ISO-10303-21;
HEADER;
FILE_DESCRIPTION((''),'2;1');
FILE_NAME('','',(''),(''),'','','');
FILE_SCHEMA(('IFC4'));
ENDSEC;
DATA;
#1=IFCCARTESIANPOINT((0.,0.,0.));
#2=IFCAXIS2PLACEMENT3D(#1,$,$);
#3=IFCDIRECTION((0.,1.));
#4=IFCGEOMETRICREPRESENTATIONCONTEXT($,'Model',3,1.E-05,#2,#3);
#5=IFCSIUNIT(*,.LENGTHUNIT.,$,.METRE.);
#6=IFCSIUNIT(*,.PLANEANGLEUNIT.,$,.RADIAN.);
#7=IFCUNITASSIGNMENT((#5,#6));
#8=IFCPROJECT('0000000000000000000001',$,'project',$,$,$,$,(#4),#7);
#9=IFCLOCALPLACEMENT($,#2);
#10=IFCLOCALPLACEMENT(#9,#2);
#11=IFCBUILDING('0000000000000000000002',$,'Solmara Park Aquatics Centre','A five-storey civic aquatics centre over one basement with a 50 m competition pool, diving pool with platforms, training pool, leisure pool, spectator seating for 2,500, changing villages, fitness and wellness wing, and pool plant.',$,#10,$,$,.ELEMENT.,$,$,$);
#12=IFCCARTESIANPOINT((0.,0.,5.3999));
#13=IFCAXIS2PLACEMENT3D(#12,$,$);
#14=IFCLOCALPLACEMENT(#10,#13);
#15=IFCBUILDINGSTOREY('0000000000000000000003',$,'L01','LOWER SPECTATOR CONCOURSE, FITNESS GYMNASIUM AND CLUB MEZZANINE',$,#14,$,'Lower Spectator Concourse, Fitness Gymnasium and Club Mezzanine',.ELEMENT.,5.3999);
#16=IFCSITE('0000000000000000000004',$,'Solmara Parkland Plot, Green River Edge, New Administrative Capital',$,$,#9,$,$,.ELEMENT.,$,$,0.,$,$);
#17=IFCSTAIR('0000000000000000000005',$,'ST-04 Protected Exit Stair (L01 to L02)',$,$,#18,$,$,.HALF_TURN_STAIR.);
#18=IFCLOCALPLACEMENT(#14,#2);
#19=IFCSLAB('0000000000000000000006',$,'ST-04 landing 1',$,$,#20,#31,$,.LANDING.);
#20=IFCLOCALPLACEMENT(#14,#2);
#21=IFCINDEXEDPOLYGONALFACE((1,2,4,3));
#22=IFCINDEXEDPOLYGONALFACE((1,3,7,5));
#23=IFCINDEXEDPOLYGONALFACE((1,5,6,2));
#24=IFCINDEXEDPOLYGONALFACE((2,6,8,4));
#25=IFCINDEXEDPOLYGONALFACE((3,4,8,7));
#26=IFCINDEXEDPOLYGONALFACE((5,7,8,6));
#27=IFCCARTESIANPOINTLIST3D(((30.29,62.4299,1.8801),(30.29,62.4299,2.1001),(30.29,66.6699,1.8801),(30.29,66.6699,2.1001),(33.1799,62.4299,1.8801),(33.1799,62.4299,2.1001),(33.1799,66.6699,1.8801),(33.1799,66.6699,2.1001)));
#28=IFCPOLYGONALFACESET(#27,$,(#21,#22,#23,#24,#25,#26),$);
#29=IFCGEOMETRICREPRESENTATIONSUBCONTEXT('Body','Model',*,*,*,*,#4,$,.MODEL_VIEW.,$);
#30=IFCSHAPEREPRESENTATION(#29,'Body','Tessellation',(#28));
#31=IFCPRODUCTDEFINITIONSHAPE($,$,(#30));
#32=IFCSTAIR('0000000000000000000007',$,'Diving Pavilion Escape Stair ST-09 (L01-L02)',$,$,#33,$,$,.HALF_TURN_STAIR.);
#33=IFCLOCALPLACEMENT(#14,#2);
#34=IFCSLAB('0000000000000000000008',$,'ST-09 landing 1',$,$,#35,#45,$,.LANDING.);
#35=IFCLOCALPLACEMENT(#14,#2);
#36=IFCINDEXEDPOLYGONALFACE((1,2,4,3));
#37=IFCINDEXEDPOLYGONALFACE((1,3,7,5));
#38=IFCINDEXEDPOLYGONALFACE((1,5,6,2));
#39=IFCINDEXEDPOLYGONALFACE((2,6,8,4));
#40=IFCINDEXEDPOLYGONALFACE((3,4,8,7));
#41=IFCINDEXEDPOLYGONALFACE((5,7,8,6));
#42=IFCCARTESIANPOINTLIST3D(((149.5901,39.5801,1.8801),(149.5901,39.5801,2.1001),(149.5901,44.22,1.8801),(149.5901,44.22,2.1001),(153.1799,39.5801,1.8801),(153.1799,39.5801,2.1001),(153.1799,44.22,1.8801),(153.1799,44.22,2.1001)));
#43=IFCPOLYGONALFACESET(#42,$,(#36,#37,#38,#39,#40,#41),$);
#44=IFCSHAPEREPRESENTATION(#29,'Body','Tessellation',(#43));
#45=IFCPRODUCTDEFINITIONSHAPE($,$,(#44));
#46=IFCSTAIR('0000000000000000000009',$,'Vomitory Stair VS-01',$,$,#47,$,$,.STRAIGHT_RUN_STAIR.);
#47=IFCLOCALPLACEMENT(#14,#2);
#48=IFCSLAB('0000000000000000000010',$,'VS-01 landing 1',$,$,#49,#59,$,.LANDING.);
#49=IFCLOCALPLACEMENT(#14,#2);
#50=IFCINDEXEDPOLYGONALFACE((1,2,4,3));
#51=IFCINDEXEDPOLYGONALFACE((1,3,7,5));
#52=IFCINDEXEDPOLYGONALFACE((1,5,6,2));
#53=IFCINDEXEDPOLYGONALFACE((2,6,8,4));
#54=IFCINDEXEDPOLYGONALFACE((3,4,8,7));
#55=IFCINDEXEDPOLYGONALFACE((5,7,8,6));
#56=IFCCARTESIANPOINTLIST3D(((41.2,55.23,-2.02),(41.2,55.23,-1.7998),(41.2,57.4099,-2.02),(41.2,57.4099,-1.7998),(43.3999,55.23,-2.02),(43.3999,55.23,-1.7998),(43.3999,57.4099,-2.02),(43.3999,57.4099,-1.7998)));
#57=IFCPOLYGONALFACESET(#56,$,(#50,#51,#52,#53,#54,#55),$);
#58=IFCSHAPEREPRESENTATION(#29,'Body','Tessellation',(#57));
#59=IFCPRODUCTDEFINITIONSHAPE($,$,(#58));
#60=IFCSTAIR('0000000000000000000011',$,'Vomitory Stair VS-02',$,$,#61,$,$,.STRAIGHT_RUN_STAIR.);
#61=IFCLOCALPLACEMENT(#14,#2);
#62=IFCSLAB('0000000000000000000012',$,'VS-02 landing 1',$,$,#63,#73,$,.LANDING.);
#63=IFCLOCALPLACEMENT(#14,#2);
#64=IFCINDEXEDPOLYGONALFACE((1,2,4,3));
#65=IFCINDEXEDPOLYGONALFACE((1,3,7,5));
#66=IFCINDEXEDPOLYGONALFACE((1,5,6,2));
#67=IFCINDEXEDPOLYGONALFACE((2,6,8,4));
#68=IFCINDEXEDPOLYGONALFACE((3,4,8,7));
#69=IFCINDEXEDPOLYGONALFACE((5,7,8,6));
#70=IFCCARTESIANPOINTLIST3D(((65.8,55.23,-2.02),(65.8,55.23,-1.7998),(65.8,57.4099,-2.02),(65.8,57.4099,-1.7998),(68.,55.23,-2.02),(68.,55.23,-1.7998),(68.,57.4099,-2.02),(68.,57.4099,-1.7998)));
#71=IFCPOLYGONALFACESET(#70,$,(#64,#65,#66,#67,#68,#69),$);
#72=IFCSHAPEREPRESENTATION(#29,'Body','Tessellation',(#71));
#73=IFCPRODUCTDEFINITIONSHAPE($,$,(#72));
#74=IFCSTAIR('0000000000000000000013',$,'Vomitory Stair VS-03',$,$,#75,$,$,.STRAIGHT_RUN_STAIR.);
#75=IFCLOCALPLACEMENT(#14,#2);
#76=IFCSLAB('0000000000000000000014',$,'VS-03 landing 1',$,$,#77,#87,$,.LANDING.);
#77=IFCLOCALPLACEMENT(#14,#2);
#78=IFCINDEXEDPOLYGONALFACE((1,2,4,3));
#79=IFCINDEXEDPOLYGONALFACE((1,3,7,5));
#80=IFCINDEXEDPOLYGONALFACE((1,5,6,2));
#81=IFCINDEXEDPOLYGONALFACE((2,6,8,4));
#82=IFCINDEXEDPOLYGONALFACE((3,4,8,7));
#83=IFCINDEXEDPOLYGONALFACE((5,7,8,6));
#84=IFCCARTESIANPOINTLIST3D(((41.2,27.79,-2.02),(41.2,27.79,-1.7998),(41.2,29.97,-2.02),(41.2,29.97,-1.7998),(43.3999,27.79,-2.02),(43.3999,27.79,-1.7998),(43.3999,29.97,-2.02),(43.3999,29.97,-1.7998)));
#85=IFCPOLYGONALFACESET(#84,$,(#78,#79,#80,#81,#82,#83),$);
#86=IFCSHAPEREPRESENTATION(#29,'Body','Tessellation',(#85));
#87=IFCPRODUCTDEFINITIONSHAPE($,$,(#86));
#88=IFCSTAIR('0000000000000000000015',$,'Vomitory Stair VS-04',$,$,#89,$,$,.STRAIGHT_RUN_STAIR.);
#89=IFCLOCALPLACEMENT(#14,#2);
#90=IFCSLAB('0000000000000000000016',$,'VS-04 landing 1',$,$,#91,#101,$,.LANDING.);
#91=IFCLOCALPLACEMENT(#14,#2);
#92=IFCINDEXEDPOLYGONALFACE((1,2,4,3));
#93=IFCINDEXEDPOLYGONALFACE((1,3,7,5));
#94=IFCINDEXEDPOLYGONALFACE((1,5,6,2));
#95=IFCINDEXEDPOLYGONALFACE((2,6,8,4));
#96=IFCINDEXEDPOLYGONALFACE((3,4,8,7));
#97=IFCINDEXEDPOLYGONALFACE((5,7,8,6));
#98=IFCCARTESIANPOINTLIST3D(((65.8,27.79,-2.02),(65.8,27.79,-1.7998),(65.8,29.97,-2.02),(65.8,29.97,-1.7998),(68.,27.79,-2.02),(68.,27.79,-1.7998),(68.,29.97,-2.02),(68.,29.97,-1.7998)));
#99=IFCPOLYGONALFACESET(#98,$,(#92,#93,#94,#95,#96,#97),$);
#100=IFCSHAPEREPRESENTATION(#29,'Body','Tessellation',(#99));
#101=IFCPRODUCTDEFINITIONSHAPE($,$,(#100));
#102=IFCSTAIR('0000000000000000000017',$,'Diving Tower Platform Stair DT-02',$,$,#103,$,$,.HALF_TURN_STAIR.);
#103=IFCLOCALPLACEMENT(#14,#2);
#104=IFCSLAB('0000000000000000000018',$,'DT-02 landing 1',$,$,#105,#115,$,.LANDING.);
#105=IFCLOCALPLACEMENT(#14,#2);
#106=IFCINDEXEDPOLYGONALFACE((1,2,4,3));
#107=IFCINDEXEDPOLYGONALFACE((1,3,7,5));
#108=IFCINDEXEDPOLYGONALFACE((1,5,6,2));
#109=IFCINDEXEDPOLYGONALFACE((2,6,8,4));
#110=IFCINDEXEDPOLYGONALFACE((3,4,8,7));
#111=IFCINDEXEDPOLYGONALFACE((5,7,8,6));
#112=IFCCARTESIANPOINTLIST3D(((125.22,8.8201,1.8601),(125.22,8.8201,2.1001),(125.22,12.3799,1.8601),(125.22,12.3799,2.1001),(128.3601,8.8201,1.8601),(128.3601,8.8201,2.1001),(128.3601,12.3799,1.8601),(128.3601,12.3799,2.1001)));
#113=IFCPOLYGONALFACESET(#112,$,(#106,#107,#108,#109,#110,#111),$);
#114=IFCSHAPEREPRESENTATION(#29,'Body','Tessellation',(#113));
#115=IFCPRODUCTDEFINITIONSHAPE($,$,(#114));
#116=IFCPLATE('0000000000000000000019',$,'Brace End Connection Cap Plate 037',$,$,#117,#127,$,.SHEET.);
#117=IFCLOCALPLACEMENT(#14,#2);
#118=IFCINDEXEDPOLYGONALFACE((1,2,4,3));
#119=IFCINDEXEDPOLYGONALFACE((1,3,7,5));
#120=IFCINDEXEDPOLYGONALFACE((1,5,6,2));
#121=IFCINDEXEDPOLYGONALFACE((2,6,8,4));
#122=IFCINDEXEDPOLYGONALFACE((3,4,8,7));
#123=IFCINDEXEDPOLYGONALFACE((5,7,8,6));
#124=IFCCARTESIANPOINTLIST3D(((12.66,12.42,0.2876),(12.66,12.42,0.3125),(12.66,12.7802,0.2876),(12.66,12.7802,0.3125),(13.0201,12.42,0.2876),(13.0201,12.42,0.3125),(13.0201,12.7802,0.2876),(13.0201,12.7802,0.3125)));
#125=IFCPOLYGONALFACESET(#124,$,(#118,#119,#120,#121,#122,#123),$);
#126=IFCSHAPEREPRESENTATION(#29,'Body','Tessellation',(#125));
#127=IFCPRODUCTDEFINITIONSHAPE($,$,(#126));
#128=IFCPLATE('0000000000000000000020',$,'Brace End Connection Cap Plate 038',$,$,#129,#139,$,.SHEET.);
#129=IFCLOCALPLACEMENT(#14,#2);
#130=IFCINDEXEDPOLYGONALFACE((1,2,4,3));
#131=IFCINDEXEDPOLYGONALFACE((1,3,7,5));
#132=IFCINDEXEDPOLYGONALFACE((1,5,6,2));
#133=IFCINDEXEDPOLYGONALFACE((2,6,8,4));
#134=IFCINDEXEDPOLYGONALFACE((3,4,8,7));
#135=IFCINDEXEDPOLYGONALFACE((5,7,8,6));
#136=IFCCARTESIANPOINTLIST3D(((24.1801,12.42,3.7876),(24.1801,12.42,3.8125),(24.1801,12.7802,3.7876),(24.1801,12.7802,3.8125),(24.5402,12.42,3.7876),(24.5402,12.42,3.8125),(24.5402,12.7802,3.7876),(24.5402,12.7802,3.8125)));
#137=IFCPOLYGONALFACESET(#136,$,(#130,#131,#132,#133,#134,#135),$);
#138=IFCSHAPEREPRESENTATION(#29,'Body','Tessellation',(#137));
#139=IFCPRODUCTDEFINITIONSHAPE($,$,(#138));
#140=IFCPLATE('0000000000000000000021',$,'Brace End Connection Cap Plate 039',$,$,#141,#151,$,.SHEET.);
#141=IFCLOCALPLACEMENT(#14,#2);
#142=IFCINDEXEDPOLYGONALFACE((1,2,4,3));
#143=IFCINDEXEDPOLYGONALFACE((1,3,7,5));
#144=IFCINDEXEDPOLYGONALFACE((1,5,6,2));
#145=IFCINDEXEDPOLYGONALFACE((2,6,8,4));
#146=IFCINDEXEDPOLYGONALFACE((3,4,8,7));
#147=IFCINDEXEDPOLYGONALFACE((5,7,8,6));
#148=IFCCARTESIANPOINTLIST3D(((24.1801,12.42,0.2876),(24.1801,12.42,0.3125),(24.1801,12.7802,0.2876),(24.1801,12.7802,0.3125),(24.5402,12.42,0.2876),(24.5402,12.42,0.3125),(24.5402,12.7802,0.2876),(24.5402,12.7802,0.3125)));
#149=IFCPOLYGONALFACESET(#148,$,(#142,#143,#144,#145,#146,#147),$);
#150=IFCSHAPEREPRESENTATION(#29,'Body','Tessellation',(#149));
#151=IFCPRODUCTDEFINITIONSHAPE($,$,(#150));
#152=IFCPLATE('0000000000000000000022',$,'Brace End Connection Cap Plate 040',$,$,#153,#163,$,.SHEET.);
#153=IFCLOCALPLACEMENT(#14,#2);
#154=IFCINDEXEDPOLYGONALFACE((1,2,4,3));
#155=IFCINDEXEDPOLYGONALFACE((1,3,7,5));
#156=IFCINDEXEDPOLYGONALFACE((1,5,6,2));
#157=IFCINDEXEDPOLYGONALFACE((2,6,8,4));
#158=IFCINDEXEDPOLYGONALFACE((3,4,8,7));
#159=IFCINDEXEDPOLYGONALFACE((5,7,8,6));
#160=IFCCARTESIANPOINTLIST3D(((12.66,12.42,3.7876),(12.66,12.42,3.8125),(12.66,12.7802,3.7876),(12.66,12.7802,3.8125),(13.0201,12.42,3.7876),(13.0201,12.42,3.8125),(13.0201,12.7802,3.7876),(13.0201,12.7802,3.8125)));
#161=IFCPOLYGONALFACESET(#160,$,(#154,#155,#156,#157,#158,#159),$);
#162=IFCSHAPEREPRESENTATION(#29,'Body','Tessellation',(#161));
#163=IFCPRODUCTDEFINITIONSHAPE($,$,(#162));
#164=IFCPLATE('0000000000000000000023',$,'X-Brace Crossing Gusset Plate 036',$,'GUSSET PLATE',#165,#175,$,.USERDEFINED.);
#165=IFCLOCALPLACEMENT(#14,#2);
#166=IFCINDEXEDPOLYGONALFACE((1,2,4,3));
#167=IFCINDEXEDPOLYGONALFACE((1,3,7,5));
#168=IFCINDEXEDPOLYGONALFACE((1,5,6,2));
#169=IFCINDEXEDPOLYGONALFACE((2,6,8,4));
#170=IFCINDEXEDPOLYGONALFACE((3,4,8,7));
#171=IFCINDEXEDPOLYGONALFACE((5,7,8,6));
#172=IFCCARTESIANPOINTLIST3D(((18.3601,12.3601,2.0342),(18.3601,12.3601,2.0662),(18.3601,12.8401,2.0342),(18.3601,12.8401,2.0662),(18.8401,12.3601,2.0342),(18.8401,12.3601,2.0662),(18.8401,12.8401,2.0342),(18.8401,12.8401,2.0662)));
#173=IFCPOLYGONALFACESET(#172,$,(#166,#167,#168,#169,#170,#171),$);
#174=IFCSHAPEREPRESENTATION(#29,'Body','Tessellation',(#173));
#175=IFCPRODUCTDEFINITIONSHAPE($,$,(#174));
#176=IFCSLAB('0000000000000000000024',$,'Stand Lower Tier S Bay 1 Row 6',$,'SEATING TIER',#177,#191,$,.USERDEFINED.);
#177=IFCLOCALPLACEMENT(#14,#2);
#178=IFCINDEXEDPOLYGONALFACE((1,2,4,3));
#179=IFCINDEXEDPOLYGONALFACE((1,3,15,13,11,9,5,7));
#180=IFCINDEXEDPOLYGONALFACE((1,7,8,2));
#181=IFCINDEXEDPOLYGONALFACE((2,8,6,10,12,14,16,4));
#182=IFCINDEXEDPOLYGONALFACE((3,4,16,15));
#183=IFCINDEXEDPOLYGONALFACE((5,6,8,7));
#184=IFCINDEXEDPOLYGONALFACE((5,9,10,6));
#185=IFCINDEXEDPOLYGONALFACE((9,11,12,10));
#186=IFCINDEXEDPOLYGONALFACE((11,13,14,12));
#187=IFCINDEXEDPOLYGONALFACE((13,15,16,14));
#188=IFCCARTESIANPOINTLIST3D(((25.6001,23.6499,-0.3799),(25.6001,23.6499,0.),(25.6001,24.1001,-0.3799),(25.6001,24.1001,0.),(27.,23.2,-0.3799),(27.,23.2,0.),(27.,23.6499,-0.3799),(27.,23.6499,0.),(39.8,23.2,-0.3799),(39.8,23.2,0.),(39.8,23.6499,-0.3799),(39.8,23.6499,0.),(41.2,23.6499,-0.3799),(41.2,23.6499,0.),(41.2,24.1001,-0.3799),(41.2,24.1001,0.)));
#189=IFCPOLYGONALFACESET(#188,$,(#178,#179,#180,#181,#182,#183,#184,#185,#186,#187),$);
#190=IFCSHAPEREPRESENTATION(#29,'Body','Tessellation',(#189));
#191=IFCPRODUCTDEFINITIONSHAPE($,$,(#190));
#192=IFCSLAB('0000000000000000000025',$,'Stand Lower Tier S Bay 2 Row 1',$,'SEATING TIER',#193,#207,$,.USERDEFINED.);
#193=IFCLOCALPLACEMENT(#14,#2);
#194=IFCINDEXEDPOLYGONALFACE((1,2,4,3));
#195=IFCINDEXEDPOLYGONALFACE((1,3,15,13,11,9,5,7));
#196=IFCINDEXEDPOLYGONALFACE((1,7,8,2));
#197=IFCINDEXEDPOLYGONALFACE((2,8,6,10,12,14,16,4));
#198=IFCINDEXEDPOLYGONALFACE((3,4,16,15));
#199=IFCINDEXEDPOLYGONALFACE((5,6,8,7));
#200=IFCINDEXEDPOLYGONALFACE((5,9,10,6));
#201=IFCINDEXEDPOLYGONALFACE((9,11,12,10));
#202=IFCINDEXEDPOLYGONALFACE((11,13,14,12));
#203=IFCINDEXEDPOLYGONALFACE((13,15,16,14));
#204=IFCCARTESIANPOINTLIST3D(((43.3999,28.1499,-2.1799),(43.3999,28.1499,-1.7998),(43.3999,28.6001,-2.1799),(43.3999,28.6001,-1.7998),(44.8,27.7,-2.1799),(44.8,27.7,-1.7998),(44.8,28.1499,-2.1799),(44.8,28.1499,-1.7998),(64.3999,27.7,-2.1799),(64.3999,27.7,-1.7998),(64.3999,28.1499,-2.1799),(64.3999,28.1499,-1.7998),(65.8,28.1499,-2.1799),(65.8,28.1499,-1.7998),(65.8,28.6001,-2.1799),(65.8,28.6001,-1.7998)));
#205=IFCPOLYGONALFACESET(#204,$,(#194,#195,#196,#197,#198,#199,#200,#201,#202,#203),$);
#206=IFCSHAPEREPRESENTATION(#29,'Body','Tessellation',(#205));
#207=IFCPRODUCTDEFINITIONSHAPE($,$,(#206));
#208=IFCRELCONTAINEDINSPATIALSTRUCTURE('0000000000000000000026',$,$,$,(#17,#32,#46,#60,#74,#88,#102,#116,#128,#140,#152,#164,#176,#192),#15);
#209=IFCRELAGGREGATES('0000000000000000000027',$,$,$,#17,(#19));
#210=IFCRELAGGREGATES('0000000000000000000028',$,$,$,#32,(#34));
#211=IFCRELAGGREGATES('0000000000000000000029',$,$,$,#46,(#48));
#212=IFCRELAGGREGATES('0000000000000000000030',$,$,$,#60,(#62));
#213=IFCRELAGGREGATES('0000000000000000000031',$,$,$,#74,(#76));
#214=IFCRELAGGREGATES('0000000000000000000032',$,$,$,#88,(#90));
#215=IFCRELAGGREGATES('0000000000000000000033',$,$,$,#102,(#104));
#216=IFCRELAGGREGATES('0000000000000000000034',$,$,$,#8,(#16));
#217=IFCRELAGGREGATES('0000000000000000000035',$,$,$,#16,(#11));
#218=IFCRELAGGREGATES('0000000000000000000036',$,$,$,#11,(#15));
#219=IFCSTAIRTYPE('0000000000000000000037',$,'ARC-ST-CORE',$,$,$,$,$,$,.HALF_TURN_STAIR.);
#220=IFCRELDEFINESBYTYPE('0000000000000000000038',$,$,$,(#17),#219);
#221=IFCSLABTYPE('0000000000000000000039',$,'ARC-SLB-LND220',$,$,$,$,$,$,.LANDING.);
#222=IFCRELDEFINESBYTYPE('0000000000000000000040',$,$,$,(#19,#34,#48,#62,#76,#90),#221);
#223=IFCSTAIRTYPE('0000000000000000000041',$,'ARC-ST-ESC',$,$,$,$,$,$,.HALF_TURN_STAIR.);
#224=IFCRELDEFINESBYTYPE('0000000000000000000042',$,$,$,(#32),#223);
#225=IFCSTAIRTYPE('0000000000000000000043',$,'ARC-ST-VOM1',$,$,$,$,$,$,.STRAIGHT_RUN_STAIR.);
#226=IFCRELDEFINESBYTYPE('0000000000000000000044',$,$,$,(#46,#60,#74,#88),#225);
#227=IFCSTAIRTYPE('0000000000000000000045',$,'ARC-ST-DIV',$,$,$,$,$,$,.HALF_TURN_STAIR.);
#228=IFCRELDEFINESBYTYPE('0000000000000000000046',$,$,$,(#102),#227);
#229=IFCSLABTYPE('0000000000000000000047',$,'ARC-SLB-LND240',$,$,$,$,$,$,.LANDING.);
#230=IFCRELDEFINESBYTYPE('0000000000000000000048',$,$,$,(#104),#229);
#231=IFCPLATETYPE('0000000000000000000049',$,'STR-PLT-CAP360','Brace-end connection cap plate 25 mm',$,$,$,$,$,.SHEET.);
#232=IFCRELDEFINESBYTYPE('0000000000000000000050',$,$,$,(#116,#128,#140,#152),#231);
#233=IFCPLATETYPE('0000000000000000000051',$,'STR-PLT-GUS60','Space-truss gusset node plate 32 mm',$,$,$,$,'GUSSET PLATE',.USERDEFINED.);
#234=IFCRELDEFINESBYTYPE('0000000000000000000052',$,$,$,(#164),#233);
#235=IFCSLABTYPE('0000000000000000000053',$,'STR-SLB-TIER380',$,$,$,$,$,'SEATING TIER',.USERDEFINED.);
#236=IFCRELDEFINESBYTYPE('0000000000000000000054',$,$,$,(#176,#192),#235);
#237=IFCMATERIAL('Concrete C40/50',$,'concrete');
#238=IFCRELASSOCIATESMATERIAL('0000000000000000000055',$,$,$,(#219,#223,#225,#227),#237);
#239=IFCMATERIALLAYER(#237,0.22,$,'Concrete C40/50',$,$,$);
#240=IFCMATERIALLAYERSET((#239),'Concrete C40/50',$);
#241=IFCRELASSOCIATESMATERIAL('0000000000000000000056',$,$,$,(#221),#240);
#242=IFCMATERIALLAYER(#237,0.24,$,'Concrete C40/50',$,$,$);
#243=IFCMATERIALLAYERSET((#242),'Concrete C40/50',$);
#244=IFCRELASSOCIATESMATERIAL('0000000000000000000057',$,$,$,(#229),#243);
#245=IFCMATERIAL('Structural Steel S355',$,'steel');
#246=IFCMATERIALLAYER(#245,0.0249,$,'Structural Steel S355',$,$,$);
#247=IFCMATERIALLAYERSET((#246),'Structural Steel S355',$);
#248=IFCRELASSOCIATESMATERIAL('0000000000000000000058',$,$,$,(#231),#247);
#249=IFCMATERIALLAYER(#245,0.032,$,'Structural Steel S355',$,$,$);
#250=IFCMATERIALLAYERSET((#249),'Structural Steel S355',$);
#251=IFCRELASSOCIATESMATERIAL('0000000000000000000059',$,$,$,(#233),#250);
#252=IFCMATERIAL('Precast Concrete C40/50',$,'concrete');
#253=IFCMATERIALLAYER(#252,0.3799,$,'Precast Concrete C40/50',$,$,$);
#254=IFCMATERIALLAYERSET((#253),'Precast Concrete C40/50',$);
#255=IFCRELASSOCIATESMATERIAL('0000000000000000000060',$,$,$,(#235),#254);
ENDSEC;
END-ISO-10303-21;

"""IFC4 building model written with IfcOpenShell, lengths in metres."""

from ifc_helpers import new_model, si_unit, direction, frame, origin, origin_2d, place, context, subcontext, project, spatial, polyline, rectangle, outline, extrude, material, layer, layer_set, type_object, element, aggregate, save


model = new_model("IFC4")

# Units and contexts
model_context = context("Model", 3, precision=1e-05, world=origin(), true_north=direction((0.0, 1.0)))
body_context = subcontext(model_context, "Body", "Model", "MODEL_VIEW")
ifc_project = project(units=[si_unit("LENGTHUNIT", "METRE"), si_unit("PLANEANGLEUNIT", "RADIAN")], contexts=[model_context])

# Site, building, storey
site_placement = place(None, origin())
site = spatial("IfcSite", under=ifc_project, at=site_placement, Name="Solmara Parkland Plot, Green River Edge, New Administrative Capital", CompositionType="ELEMENT", RefElevation=0.0)
building_placement = place(site_placement, origin())
building = spatial("IfcBuilding", under=site, at=building_placement, Name="Solmara Park Aquatics Centre", Description="A five-storey civic aquatics centre over one basement with a 50 m competition pool, diving pool with platforms, training pool, leisure pool, spectator seating for 2,500, changing villages, fitness and wellness wing, and pool plant.", CompositionType="ELEMENT")
storey_placement = place(building_placement, frame((0.0, 0.0, 5.3999)))
storey = spatial("IfcBuildingStorey", under=building, at=storey_placement, Name="L01", Description="LOWER SPECTATOR CONCOURSE, FITNESS GYMNASIUM AND CLUB MEZZANINE", LongName="Lower Spectator Concourse, Fitness Gymnasium and Club Mezzanine", CompositionType="ELEMENT", Elevation=5.3999)

# Shared definitions
ifc_material_1 = material(Name="Structural Steel S355", Category="steel")

# Stairs, slabs
ifc_material_2 = material(Name="Concrete C40/50", Category="concrete")
stair_type_1 = type_object("IfcStairType", Name="ARC-ST-CORE", PredefinedType="HALF_TURN_STAIR", material=ifc_material_2)
ifc_layer_1 = layer(ifc_material_2, 0.22, Name="Concrete C40/50")
ifc_layer_set_1 = layer_set([ifc_layer_1], Name="Concrete C40/50")
slab_type_1 = type_object("IfcSlabType", Name="ARC-SLB-LND220", PredefinedType="LANDING", material=ifc_layer_set_1)
stair_1_placement = place(storey_placement, origin())
stair_1 = element("IfcStair", 1, at=stair_1_placement, inside=storey, type_object=stair_type_1, Name="ST-04 Protected Exit Stair (L01 to L02)", PredefinedType="HALF_TURN_STAIR")
slab_1_placement = place(storey_placement, frame((0.0, 0.0, 1.8801)))
slab_1 = element("IfcSlab", 2, at=slab_1_placement, type_object=slab_type_1, Name="ST-04 landing 1", PredefinedType="LANDING", context=body_context, shape_type="SweptSolid", body=[
    extrude(outline(polyline([(30.29, 62.4299), (33.1799, 62.4299), (33.1799, 66.6699), (30.29, 66.6699), (30.29, 62.4299)])), origin(), (0.0, 0.0, 1.0), 0.22),
])
aggregate(stair_1, [slab_1])
stair_type_2 = type_object("IfcStairType", Name="ARC-ST-ESC", PredefinedType="HALF_TURN_STAIR", material=ifc_material_2)
stair_2_placement = place(storey_placement, origin())
stair_2 = element("IfcStair", 3, at=stair_2_placement, inside=storey, type_object=stair_type_2, Name="Diving Pavilion Escape Stair ST-09 (L01-L02)", PredefinedType="HALF_TURN_STAIR")
slab_2_placement = place(storey_placement, frame((0.0, 0.0, 1.8801)))
slab_2 = element("IfcSlab", 4, at=slab_2_placement, type_object=slab_type_1, Name="ST-09 landing 1", PredefinedType="LANDING", context=body_context, shape_type="SweptSolid", body=[
    extrude(outline(polyline([(149.5901, 39.5801), (153.1799, 39.5801), (153.1799, 44.22), (149.5901, 44.22), (149.5901, 39.5801)])), origin(), (0.0, 0.0, 1.0), 0.22),
])
aggregate(stair_2, [slab_2])
stair_type_3 = type_object("IfcStairType", Name="ARC-ST-VOM1", PredefinedType="STRAIGHT_RUN_STAIR", material=ifc_material_2)
stair_3_placement = place(storey_placement, origin())
stair_3 = element("IfcStair", 5, at=stair_3_placement, inside=storey, type_object=stair_type_3, Name="Vomitory Stair VS-01", PredefinedType="STRAIGHT_RUN_STAIR")
slab_3_placement = place(storey_placement, frame((0.0, 0.0, -2.02)))
slab_3 = element("IfcSlab", 6, at=slab_3_placement, type_object=slab_type_1, Name="VS-01 landing 1", PredefinedType="LANDING", context=body_context, shape_type="SweptSolid", body=[
    extrude(outline(polyline([(41.2, 55.23), (43.3999, 55.23), (43.3999, 57.4099), (41.2, 57.4099), (41.2, 55.23)])), origin(), (0.0, 0.0, 1.0), 0.2202),
])
aggregate(stair_3, [slab_3])
stair_4_placement = place(storey_placement, origin())
stair_4 = element("IfcStair", 7, at=stair_4_placement, inside=storey, type_object=stair_type_3, Name="Vomitory Stair VS-02", PredefinedType="STRAIGHT_RUN_STAIR")
slab_4_placement = place(storey_placement, frame((0.0, 0.0, -2.02)))
slab_4 = element("IfcSlab", 8, at=slab_4_placement, type_object=slab_type_1, Name="VS-02 landing 1", PredefinedType="LANDING", context=body_context, shape_type="SweptSolid", body=[
    extrude(outline(polyline([(65.8, 55.23), (68.0, 55.23), (68.0, 57.4099), (65.8, 57.4099), (65.8, 55.23)])), origin(), (0.0, 0.0, 1.0), 0.2202),
])
aggregate(stair_4, [slab_4])
stair_5_placement = place(storey_placement, origin())
stair_5 = element("IfcStair", 9, at=stair_5_placement, inside=storey, type_object=stair_type_3, Name="Vomitory Stair VS-03", PredefinedType="STRAIGHT_RUN_STAIR")
slab_5_placement = place(storey_placement, frame((0.0, 0.0, -2.02)))
slab_5 = element("IfcSlab", 10, at=slab_5_placement, type_object=slab_type_1, Name="VS-03 landing 1", PredefinedType="LANDING", context=body_context, shape_type="SweptSolid", body=[
    extrude(outline(polyline([(41.2, 27.79), (43.3999, 27.79), (43.3999, 29.97), (41.2, 29.97), (41.2, 27.79)])), origin(), (0.0, 0.0, 1.0), 0.2202),
])
aggregate(stair_5, [slab_5])
stair_6_placement = place(storey_placement, origin())
stair_6 = element("IfcStair", 11, at=stair_6_placement, inside=storey, type_object=stair_type_3, Name="Vomitory Stair VS-04", PredefinedType="STRAIGHT_RUN_STAIR")
slab_6_placement = place(storey_placement, frame((0.0, 0.0, -2.02)))
slab_6 = element("IfcSlab", 12, at=slab_6_placement, type_object=slab_type_1, Name="VS-04 landing 1", PredefinedType="LANDING", context=body_context, shape_type="SweptSolid", body=[
    extrude(outline(polyline([(65.8, 27.79), (68.0, 27.79), (68.0, 29.97), (65.8, 29.97), (65.8, 27.79)])), origin(), (0.0, 0.0, 1.0), 0.2202),
])
aggregate(stair_6, [slab_6])
stair_type_4 = type_object("IfcStairType", Name="ARC-ST-DIV", PredefinedType="HALF_TURN_STAIR", material=ifc_material_2)
stair_7_placement = place(storey_placement, origin())
stair_7 = element("IfcStair", 13, at=stair_7_placement, inside=storey, type_object=stair_type_4, Name="Diving Tower Platform Stair DT-02", PredefinedType="HALF_TURN_STAIR")
ifc_layer_2 = layer(ifc_material_2, 0.24, Name="Concrete C40/50")
ifc_layer_set_2 = layer_set([ifc_layer_2], Name="Concrete C40/50")
slab_type_2 = type_object("IfcSlabType", Name="ARC-SLB-LND240", PredefinedType="LANDING", material=ifc_layer_set_2)
slab_7_placement = place(storey_placement, frame((0.0, 0.0, 1.8601)))
slab_7 = element("IfcSlab", 14, at=slab_7_placement, type_object=slab_type_2, Name="DT-02 landing 1", PredefinedType="LANDING", context=body_context, shape_type="SweptSolid", body=[
    extrude(outline(polyline([(125.22, 8.8201), (128.3601, 8.8201), (128.3601, 12.3799), (125.22, 12.3799), (125.22, 8.8201)])), origin(), (0.0, 0.0, 1.0), 0.24),
])
aggregate(stair_7, [slab_7])

# Plates
ifc_layer_3 = layer(ifc_material_1, 0.0249, Name="Structural Steel S355")
ifc_layer_set_3 = layer_set([ifc_layer_3], Name="Structural Steel S355")
plate_type_1 = type_object("IfcPlateType", Name="STR-PLT-CAP360", Description="Brace-end connection cap plate 25 mm", PredefinedType="SHEET", material=ifc_layer_set_3)
for number, where, z_axis, x_axis, name in (
    (15, (12.8401, 12.6001, 0.2876), (0.0, 0.0, 1.0), (1.0, 0.0, 0.0), "Brace End Connection Cap Plate 037"),
    (16, (24.3601, 12.6001, 3.7876), (0.0, 0.0, 1.0), (1.0, 0.0, 0.0), "Brace End Connection Cap Plate 038"),
    (17, (24.3601, 12.6001, 0.2876), (0.0, 0.0, 1.0), (1.0, 0.0, 0.0), "Brace End Connection Cap Plate 039"),
    (18, (12.8401, 12.6001, 3.7876), (0.0, 0.0, 1.0), (1.0, 0.0, 0.0), "Brace End Connection Cap Plate 040"),
):
    element("IfcPlate", number, at=place(storey_placement, frame(where, z_axis=z_axis, x_axis=x_axis)), inside=storey, type_object=plate_type_1, Name=name, PredefinedType="SHEET", context=body_context, shape_type="SweptSolid", body=[
        extrude(rectangle(XDim=0.3601, YDim=0.3601, at=origin_2d()), origin(), (0.0, 0.0, 1.0), 0.0249),
    ])
ifc_layer_4 = layer(ifc_material_1, 0.032, Name="Structural Steel S355")
ifc_layer_set_4 = layer_set([ifc_layer_4], Name="Structural Steel S355")
plate_type_2 = type_object("IfcPlateType", Name="STR-PLT-GUS60", Description="Space-truss gusset node plate 32 mm", ElementType="GUSSET PLATE", PredefinedType="USERDEFINED", material=ifc_layer_set_4)
plate_placement = place(storey_placement, frame((18.6001, 12.6001, 2.0342), z_axis=(0.0, 0.0, 1.0), x_axis=(1.0, 0.0, 0.0)))
element("IfcPlate", 19, at=plate_placement, inside=storey, type_object=plate_type_2, Name="X-Brace Crossing Gusset Plate 036", ObjectType="GUSSET PLATE", PredefinedType="USERDEFINED", context=body_context, shape_type="SweptSolid", body=[
    extrude(rectangle(XDim=0.48, YDim=0.48, at=origin_2d()), origin(), (0.0, 0.0, 1.0), 0.032),
])

# Slabs
ifc_material_3 = material(Name="Precast Concrete C40/50", Category="concrete")
ifc_layer_5 = layer(ifc_material_3, 0.3799, Name="Precast Concrete C40/50")
ifc_layer_set_5 = layer_set([ifc_layer_5], Name="Precast Concrete C40/50")
slab_type_3 = type_object("IfcSlabType", Name="STR-SLB-TIER380", ElementType="SEATING TIER", PredefinedType="USERDEFINED", material=ifc_layer_set_5)
slab_8_placement = place(storey_placement, frame((0.0, 0.0, -0.3799)))
element("IfcSlab", 20, at=slab_8_placement, inside=storey, type_object=slab_type_3, Name="Stand Lower Tier S Bay 1 Row 6", ObjectType="SEATING TIER", PredefinedType="USERDEFINED", context=body_context, shape_type="SweptSolid", body=[
    extrude(outline(polyline([(27.0, 23.2), (39.8, 23.2), (39.8, 23.6499), (41.2, 23.6499), (41.2, 24.1001), (25.6001, 24.1001), (25.6001, 23.6499), (27.0, 23.6499), (27.0, 23.2)])), origin(), (0.0, 0.0, 1.0), 0.3799),
])
slab_9_placement = place(storey_placement, frame((0.0, 0.0, -2.1799)))
element("IfcSlab", 21, at=slab_9_placement, inside=storey, type_object=slab_type_3, Name="Stand Lower Tier S Bay 2 Row 1", ObjectType="SEATING TIER", PredefinedType="USERDEFINED", context=body_context, shape_type="SweptSolid", body=[
    extrude(outline(polyline([(44.8, 27.7), (64.3999, 27.7), (64.3999, 28.1499), (65.8, 28.1499), (65.8, 28.6001), (43.3999, 28.6001), (43.3999, 28.1499), (44.8, 28.1499), (44.8, 27.7)])), origin(), (0.0, 0.0, 1.0), 0.3801),
])

save(model, "model.ifc")
